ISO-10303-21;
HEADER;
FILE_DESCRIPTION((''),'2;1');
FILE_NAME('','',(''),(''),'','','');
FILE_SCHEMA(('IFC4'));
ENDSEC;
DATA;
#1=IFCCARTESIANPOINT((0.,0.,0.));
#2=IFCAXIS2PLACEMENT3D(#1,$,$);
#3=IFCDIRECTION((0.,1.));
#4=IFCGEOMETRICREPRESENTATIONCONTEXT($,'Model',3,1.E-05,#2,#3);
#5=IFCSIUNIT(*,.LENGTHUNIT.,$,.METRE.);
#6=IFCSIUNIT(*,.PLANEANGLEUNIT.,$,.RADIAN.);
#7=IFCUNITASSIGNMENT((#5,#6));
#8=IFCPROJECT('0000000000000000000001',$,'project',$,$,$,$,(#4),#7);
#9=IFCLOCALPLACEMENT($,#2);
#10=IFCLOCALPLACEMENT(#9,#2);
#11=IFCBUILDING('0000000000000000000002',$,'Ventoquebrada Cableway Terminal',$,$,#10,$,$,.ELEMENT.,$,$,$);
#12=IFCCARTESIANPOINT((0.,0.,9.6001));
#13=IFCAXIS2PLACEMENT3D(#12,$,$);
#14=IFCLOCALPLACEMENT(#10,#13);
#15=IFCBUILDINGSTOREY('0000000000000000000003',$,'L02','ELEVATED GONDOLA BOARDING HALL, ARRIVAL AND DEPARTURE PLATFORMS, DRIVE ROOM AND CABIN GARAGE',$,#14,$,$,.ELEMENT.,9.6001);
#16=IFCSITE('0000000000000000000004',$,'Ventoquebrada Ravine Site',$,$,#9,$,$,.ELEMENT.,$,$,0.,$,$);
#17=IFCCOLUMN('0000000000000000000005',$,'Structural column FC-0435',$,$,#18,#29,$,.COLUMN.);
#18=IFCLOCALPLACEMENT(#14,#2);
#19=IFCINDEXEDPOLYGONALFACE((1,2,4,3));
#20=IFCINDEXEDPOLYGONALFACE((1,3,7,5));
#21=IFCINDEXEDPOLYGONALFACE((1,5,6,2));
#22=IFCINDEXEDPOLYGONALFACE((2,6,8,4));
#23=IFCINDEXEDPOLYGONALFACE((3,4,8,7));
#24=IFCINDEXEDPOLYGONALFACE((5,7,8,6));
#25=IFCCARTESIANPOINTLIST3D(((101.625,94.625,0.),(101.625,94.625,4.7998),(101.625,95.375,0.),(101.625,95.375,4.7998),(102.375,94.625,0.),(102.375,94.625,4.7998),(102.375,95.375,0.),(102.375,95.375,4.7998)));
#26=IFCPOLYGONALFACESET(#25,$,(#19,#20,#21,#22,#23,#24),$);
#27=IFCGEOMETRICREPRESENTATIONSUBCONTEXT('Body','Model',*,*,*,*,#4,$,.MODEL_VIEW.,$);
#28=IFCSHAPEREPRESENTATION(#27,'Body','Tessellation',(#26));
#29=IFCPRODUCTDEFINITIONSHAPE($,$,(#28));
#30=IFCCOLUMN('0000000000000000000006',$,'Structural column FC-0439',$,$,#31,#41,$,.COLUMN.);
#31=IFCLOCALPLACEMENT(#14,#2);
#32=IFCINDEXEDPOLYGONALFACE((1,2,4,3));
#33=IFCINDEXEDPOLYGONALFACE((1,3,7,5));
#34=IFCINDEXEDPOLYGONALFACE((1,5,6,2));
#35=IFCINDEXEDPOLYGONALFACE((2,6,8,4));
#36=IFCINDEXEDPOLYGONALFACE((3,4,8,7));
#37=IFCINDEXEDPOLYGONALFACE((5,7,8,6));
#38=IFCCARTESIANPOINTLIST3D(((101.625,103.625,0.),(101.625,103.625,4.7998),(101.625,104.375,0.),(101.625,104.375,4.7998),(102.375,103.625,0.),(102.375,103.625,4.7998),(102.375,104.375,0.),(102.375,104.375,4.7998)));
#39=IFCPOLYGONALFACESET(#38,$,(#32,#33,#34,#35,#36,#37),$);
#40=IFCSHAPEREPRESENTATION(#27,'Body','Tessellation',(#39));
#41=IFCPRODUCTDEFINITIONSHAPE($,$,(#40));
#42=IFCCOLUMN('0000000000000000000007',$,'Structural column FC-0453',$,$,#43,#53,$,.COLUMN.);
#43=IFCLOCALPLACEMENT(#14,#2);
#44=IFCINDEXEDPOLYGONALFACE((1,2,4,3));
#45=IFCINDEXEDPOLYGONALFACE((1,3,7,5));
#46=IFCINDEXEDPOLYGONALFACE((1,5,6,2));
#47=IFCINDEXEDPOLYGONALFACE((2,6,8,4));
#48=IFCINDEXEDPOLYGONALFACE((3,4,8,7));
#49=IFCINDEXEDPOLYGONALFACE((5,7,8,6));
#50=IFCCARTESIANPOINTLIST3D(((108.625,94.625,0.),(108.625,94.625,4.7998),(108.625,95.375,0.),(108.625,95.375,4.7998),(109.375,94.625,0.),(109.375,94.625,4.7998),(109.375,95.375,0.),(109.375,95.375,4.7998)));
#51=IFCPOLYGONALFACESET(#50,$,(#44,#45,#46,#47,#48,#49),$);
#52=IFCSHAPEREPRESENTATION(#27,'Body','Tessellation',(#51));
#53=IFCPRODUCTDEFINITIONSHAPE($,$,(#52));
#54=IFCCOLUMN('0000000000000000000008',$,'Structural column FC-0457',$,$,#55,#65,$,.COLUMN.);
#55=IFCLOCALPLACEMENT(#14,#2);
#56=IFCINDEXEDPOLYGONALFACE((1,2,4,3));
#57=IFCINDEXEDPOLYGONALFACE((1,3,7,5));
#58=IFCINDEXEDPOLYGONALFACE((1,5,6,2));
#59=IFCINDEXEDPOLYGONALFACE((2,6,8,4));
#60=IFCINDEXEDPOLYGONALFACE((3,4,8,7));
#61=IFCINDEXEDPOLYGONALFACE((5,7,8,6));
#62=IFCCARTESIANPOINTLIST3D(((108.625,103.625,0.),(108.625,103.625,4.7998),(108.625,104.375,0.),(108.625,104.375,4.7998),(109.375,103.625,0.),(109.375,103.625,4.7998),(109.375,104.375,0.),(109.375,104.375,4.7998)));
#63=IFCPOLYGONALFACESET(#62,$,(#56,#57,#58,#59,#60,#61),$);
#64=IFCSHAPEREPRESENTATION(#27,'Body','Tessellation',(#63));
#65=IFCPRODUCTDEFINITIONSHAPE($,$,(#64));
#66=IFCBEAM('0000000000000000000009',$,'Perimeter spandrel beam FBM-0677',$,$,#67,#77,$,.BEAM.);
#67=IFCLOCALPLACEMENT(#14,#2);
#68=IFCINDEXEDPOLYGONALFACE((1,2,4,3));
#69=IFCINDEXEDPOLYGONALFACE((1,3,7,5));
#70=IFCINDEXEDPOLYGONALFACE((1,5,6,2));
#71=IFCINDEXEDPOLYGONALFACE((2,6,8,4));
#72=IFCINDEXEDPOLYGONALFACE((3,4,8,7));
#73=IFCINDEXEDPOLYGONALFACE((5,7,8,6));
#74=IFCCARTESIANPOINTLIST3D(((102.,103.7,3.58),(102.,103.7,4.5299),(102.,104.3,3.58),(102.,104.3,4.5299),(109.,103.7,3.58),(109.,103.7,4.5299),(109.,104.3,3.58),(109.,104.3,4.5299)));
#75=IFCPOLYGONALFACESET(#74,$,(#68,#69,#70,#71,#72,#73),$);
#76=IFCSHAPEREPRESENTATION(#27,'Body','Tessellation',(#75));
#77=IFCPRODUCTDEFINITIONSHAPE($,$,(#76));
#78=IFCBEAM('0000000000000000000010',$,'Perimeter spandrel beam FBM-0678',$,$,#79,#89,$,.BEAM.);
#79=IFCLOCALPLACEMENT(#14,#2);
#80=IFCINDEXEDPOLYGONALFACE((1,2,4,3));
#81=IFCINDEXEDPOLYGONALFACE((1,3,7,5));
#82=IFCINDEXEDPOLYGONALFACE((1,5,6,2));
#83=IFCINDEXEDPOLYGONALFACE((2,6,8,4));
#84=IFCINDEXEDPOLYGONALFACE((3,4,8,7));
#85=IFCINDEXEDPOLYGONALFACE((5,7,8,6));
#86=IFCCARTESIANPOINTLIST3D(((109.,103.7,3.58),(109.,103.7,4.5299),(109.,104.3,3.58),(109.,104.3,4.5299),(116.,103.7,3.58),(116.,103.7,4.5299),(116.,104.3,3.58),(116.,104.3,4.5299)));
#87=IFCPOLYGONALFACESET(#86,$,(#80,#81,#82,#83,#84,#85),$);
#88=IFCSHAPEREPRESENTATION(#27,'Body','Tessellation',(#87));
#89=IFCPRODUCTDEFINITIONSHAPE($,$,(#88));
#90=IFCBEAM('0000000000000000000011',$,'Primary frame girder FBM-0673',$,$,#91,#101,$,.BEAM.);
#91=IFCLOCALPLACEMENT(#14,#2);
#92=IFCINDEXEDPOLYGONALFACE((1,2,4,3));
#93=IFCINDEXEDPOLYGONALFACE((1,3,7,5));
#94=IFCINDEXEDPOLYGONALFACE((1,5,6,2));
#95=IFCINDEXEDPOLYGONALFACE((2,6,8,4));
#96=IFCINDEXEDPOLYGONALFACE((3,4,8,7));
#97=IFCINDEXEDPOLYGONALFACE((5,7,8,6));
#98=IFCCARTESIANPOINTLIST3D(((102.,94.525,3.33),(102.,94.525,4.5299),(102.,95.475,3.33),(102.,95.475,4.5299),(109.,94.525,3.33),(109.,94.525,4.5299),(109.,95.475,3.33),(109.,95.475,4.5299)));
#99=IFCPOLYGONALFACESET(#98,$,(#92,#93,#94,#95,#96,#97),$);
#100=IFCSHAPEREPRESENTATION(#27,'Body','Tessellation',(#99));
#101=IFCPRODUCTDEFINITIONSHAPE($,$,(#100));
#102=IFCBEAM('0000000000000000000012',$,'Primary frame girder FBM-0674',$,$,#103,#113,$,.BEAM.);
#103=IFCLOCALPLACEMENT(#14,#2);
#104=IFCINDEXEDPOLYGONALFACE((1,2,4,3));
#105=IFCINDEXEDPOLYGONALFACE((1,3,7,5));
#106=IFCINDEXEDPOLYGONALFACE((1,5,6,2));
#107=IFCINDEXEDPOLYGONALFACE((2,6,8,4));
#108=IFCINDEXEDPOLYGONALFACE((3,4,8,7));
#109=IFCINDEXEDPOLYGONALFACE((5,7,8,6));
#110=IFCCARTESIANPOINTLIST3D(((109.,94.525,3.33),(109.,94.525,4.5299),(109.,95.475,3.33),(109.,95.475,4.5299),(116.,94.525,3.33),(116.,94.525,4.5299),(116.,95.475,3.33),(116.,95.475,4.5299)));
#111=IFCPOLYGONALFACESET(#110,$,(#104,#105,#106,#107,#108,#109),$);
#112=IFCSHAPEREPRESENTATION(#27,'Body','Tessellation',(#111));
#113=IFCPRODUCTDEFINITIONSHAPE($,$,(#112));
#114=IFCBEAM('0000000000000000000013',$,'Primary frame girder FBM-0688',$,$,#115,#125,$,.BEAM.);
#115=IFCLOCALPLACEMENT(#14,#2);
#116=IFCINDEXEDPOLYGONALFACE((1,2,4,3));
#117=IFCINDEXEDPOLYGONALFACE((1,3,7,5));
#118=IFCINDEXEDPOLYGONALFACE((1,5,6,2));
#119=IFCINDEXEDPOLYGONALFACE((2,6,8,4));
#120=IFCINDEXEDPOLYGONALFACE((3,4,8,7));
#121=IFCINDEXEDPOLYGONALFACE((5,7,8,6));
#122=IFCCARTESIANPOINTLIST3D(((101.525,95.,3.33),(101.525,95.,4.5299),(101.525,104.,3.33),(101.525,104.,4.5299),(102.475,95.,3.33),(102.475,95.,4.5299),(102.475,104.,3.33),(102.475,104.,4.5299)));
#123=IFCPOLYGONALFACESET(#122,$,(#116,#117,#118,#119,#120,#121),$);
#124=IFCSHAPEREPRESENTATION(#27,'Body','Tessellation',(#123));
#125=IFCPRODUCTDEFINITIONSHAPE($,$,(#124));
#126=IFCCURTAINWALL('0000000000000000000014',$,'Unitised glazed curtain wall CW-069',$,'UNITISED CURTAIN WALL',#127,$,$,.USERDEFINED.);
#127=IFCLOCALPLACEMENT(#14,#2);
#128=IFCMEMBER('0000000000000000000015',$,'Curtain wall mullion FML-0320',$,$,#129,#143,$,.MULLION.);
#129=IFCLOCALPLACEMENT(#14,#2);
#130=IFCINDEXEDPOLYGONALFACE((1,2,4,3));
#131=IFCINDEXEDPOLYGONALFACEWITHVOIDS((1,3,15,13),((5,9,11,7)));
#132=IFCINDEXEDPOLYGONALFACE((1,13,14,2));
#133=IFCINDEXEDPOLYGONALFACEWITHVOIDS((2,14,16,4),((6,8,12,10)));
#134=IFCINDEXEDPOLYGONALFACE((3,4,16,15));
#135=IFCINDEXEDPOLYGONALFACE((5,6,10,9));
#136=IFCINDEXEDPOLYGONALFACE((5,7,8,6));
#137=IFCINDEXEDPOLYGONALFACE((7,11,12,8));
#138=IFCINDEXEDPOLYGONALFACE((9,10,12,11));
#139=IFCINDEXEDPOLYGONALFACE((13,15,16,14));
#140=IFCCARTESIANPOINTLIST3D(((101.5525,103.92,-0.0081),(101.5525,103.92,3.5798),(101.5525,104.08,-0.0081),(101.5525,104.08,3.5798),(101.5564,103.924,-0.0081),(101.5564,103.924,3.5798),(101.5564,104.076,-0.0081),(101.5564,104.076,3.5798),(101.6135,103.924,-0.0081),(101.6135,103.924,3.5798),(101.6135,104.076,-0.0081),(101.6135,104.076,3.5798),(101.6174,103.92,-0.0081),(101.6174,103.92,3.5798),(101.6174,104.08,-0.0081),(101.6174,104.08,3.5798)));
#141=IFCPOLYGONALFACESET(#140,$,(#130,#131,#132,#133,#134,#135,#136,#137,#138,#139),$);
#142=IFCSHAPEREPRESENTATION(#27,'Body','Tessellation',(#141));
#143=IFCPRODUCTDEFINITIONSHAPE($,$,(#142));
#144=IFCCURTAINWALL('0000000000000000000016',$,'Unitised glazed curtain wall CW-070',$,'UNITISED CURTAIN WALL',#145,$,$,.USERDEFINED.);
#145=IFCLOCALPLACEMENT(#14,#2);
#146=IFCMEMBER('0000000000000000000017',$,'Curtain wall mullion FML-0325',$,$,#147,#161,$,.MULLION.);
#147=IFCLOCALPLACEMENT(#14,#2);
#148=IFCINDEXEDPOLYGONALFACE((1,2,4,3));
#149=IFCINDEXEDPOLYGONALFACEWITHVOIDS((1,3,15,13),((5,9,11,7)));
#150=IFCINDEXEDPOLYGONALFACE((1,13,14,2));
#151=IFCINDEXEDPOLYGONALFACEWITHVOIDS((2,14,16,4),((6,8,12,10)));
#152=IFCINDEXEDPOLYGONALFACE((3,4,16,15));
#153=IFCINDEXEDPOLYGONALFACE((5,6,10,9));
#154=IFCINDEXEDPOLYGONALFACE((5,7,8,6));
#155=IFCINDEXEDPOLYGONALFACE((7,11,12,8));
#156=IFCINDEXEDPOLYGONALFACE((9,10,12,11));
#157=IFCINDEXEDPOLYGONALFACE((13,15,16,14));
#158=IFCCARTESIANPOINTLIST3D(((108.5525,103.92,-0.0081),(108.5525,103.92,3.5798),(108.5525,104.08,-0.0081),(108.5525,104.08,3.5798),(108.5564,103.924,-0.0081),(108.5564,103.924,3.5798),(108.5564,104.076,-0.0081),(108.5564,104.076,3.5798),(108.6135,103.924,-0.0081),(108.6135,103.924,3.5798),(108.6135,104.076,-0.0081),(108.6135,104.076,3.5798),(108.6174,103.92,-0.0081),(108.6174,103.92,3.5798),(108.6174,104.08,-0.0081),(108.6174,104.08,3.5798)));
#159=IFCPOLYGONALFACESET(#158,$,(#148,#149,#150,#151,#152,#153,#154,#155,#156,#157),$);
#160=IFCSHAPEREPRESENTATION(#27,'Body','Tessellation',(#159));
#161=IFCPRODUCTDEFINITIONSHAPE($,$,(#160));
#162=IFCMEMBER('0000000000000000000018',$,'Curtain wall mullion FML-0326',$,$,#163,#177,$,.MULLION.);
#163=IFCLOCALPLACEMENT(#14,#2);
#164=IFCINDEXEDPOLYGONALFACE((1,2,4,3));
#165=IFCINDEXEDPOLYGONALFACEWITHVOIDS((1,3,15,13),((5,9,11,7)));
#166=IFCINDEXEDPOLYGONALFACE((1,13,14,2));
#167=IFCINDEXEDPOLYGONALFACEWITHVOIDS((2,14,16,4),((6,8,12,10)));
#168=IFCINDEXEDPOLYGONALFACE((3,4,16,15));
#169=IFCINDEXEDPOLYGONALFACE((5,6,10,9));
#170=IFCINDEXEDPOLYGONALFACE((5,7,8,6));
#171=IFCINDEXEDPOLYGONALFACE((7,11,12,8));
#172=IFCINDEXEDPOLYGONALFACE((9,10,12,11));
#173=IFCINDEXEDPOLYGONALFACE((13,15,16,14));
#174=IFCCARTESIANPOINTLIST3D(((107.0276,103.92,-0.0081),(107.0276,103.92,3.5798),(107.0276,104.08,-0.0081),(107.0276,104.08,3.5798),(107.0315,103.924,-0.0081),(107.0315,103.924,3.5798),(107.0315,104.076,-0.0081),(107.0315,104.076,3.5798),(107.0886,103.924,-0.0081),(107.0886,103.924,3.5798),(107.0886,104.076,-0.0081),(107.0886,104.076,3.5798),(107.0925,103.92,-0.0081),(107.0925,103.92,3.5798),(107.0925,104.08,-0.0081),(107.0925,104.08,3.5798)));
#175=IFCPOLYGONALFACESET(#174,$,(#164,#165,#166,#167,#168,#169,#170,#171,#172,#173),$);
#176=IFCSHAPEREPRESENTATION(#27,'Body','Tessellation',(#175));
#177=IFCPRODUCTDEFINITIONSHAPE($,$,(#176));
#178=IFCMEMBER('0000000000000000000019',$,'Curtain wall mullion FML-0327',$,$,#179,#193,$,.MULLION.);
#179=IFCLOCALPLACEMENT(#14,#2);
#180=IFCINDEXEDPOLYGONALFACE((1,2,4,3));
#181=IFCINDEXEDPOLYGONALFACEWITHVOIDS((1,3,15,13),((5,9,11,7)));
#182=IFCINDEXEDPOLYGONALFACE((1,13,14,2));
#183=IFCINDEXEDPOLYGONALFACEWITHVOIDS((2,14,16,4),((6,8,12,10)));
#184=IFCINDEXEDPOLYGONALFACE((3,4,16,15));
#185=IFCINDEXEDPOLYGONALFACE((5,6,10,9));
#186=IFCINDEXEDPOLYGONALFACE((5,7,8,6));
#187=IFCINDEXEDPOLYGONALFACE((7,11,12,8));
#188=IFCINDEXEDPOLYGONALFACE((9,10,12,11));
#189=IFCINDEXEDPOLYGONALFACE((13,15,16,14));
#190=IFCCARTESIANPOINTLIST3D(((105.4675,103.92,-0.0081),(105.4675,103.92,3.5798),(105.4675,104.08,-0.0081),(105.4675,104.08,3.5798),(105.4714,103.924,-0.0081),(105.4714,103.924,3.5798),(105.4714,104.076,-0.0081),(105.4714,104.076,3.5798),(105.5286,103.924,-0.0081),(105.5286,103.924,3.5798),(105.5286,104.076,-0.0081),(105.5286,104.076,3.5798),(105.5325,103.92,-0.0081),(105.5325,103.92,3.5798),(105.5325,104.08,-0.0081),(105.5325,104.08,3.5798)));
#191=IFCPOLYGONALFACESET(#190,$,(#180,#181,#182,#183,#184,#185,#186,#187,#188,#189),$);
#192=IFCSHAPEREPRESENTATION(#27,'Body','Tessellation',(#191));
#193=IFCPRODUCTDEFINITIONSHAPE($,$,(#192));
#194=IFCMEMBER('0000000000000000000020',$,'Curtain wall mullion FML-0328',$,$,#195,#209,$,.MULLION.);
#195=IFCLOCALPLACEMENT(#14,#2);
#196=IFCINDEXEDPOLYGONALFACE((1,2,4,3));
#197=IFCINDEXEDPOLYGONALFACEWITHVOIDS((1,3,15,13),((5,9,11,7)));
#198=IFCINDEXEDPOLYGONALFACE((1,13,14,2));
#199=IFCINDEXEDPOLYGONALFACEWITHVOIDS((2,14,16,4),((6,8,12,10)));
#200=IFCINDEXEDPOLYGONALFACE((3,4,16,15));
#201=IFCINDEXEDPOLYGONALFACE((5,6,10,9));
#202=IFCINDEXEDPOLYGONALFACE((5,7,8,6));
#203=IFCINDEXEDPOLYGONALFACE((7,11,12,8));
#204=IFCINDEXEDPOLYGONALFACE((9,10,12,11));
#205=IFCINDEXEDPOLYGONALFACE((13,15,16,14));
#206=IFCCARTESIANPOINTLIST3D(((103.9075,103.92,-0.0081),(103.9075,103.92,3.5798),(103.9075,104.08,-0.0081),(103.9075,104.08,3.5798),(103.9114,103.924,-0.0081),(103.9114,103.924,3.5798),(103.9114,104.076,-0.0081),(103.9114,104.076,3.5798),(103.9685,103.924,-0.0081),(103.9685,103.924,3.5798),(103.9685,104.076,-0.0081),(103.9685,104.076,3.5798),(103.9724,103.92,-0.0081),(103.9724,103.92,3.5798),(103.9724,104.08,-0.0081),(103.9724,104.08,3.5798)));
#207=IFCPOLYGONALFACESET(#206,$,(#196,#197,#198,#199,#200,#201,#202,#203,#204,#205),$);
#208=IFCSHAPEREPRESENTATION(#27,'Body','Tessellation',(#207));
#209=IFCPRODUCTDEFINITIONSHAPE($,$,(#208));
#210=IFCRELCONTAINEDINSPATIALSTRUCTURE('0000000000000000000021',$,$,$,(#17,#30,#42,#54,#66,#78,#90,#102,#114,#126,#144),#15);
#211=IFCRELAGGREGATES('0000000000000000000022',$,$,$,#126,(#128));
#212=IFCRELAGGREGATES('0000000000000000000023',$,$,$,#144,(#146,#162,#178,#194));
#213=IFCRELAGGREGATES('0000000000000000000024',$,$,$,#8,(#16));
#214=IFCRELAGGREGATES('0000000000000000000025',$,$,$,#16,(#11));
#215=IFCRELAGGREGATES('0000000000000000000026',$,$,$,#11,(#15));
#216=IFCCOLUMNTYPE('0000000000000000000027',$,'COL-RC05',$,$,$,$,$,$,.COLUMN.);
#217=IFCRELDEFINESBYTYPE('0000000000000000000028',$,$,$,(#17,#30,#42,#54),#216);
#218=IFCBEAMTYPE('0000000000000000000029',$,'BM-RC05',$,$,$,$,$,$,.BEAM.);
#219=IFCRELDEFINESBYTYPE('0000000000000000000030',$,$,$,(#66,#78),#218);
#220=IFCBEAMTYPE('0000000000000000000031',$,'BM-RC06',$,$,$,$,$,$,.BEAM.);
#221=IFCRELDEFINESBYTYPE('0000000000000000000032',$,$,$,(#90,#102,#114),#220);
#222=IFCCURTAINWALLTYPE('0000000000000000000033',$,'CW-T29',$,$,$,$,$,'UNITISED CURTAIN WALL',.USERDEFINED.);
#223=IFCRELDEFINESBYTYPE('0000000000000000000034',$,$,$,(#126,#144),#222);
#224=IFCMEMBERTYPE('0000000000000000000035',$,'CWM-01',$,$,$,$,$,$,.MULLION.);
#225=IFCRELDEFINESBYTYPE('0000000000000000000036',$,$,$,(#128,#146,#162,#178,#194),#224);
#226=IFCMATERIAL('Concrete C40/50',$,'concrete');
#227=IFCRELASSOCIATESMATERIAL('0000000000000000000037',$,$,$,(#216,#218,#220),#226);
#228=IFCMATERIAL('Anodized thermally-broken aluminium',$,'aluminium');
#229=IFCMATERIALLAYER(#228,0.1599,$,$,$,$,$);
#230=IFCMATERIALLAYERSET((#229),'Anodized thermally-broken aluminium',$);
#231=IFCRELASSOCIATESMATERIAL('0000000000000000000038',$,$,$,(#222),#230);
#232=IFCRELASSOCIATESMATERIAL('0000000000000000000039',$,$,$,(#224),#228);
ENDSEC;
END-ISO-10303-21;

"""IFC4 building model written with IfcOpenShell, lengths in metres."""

from ifc_helpers import new_model, si_unit, direction, frame, origin, origin_2d, place, context, subcontext, project, spatial, rectangle, hollow_rectangle, extrude, material, layer, layer_set, material_profile, profile_set, type_object, element, aggregate, save


model = new_model("IFC4")

# Units and contexts
model_context = context("Model", 3, precision=1e-05, world=origin(), true_north=direction((0.0, 1.0)))
body_context = subcontext(model_context, "Body", "Model", "MODEL_VIEW")
ifc_project = project(units=[si_unit("LENGTHUNIT", "METRE"), si_unit("PLANEANGLEUNIT", "RADIAN")], contexts=[model_context])

# Site, building, storey
site_placement = place(None, origin())
site = spatial("IfcSite", under=ifc_project, at=site_placement, Name="Ventoquebrada Ravine Site", CompositionType="ELEMENT", RefElevation=0.0)
building_placement = place(site_placement, origin())
building = spatial("IfcBuilding", under=site, at=building_placement, Name="Ventoquebrada Cableway Terminal", CompositionType="ELEMENT")
storey_placement = place(building_placement, frame((0.0, 0.0, 9.6001)))
storey = spatial("IfcBuildingStorey", under=building, at=storey_placement, Name="L02", Description="ELEVATED GONDOLA BOARDING HALL, ARRIVAL AND DEPARTURE PLATFORMS, DRIVE ROOM AND CABIN GARAGE", CompositionType="ELEMENT", Elevation=9.6001)

# Columns
ifc_material_1 = material(Name="Concrete C40/50", Category="concrete")
ifc_material_profile_1 = material_profile(ifc_material_1, rectangle(XDim=0.75, YDim=0.75, at=origin_2d()), Name="RC-COL-750X750")
ifc_profile_set_1 = profile_set([ifc_material_profile_1], Name="Concrete C40/50")
column_type = type_object("IfcColumnType", Name="COL-RC05", PredefinedType="COLUMN", material=ifc_profile_set_1)
for number, where, z_axis, x_axis, name in (
    (1, (102.0, 95.0, 0.0), (0.0, 0.0, 1.0), (1.0, 0.0, 0.0), "Structural column FC-0435"),
    (2, (102.0, 104.0, 0.0), (0.0, 0.0, 1.0), (1.0, 0.0, 0.0), "Structural column FC-0439"),
    (3, (109.0, 95.0, 0.0), (0.0, 0.0, 1.0), (1.0, 0.0, 0.0), "Structural column FC-0453"),
    (4, (109.0, 104.0, 0.0), (0.0, 0.0, 1.0), (1.0, 0.0, 0.0), "Structural column FC-0457"),
):
    element("IfcColumn", number, at=place(storey_placement, frame(where, z_axis=z_axis, x_axis=x_axis)), inside=storey, type_object=column_type, Name=name, PredefinedType="COLUMN", context=body_context, shape_type="SweptSolid", body=[
        extrude(rectangle(XDim=0.75, YDim=0.75, at=origin_2d()), origin(), (0.0, 0.0, 1.0), 4.7998),
    ])

# Beams
ifc_material_profile_2 = material_profile(ifc_material_1, rectangle(XDim=0.6001, YDim=0.95, at=origin_2d()), Name="RC-BM-600X950")
ifc_profile_set_2 = profile_set([ifc_material_profile_2], Name="Concrete C40/50")
beam_type_1 = type_object("IfcBeamType", Name="BM-RC05", PredefinedType="BEAM", material=ifc_profile_set_2)
for number, where, z_axis, x_axis, name in (
    (5, (102.0, 104.0, 4.0549), (1.0, 0.0, 0.0), (0.0, 1.0, 0.0), "Perimeter spandrel beam FBM-0677"),
    (6, (109.0, 104.0, 4.0549), (1.0, 0.0, 0.0), (0.0, 1.0, 0.0), "Perimeter spandrel beam FBM-0678"),
):
    element("IfcBeam", number, at=place(storey_placement, frame(where, z_axis=z_axis, x_axis=x_axis)), inside=storey, type_object=beam_type_1, Name=name, PredefinedType="BEAM", context=body_context, shape_type="SweptSolid", body=[
        extrude(rectangle(XDim=0.6001, YDim=0.95, at=origin_2d()), origin(), (0.0, 0.0, 1.0), 7.0),
    ])
ifc_material_profile_3 = material_profile(ifc_material_1, rectangle(XDim=0.95, YDim=1.2, at=origin_2d()), Name="RC-BM-950X1200")
ifc_profile_set_3 = profile_set([ifc_material_profile_3], Name="Concrete C40/50")
beam_type_2 = type_object("IfcBeamType", Name="BM-RC06", PredefinedType="BEAM", material=ifc_profile_set_3)
for number, where, z_axis, x_axis, name in (
    (7, (102.0, 95.0, 3.9299), (1.0, 0.0, 0.0), (0.0, 1.0, 0.0), "Primary frame girder FBM-0673"),
    (8, (109.0, 95.0, 3.9299), (1.0, 0.0, 0.0), (0.0, 1.0, 0.0), "Primary frame girder FBM-0674"),
):
    element("IfcBeam", number, at=place(storey_placement, frame(where, z_axis=z_axis, x_axis=x_axis)), inside=storey, type_object=beam_type_2, Name=name, PredefinedType="BEAM", context=body_context, shape_type="SweptSolid", body=[
        extrude(rectangle(XDim=0.95, YDim=1.2, at=origin_2d()), origin(), (0.0, 0.0, 1.0), 7.0),
    ])
beam_placement = place(storey_placement, frame((102.0, 95.0, 3.9299), z_axis=(0.0, 1.0, 0.0), x_axis=(-1.0, 0.0, 0.0)))
element("IfcBeam", 9, at=beam_placement, inside=storey, type_object=beam_type_2, Name="Primary frame girder FBM-0688", PredefinedType="BEAM", context=body_context, shape_type="SweptSolid", body=[
    extrude(rectangle(XDim=0.95, YDim=1.2, at=origin_2d()), origin(), (0.0, 0.0, 1.0), 9.0),
])

# Curtain wall, member
ifc_material_2 = material(Name="Anodized thermally-broken aluminium", Category="aluminium")
ifc_layer_1 = layer(ifc_material_2, 0.1599)
ifc_layer_set_1 = layer_set([ifc_layer_1], Name="Anodized thermally-broken aluminium")
curtain_wall_type = type_object("IfcCurtainWallType", Name="CW-T29", ElementType="UNITISED CURTAIN WALL", PredefinedType="USERDEFINED", material=ifc_layer_set_1)
curtain_wall_1_placement = place(storey_placement, origin())
curtain_wall_1 = element("IfcCurtainWall", 10, at=curtain_wall_1_placement, inside=storey, type_object=curtain_wall_type, Name="Unitised glazed curtain wall CW-069", ObjectType="UNITISED CURTAIN WALL", PredefinedType="USERDEFINED")
ifc_material_profile_4 = material_profile(ifc_material_2, hollow_rectangle(XDim=0.0649, YDim=0.1599, WallThickness=0.0039, at=origin_2d()), Name="CW-MUL-65X160")
ifc_profile_set_4 = profile_set([ifc_material_profile_4], Name="Anodized thermally-broken aluminium")
member_type_1 = type_object("IfcMemberType", Name="CWM-01", PredefinedType="MULLION", material=ifc_profile_set_4)
member_1_placement = place(storey_placement, frame((101.585, 104.0, -0.0081), z_axis=(0.0, 0.0, 1.0), x_axis=(-1.0, 0.0, 0.0)))
member_1 = element("IfcMember", 11, at=member_1_placement, type_object=member_type_1, Name="Curtain wall mullion FML-0320", PredefinedType="MULLION", context=body_context, shape_type="SweptSolid", body=[
    extrude(hollow_rectangle(XDim=0.0649, YDim=0.1599, WallThickness=0.0039, at=origin_2d()), origin(), (0.0, 0.0, 1.0), 3.5879),
])
aggregate(curtain_wall_1, [member_1])

# Curtain wall, members
curtain_wall_2_placement = place(storey_placement, origin())
curtain_wall_2 = element("IfcCurtainWall", 12, at=curtain_wall_2_placement, inside=storey, type_object=curtain_wall_type, Name="Unitised glazed curtain wall CW-070", ObjectType="UNITISED CURTAIN WALL", PredefinedType="USERDEFINED")
member_2_placement = place(storey_placement, frame((108.585, 104.0, -0.0081), z_axis=(0.0, 0.0, 1.0), x_axis=(-1.0, 0.0, 0.0)))
member_2 = element("IfcMember", 13, at=member_2_placement, type_object=member_type_1, Name="Curtain wall mullion FML-0325", PredefinedType="MULLION", context=body_context, shape_type="SweptSolid", body=[
    extrude(hollow_rectangle(XDim=0.0649, YDim=0.1599, WallThickness=0.0039, at=origin_2d()), origin(), (0.0, 0.0, 1.0), 3.5879),
])
member_3_placement = place(storey_placement, frame((107.0601, 104.0, -0.0081), z_axis=(0.0, 0.0, 1.0), x_axis=(-1.0, 0.0, 0.0)))
member_3 = element("IfcMember", 14, at=member_3_placement, type_object=member_type_1, Name="Curtain wall mullion FML-0326", PredefinedType="MULLION", context=body_context, shape_type="SweptSolid", body=[
    extrude(hollow_rectangle(XDim=0.0649, YDim=0.1599, WallThickness=0.0039, at=origin_2d()), origin(), (0.0, 0.0, 1.0), 3.5879),
])
member_4_placement = place(storey_placement, frame((105.5, 104.0, -0.0081), z_axis=(0.0, 0.0, 1.0), x_axis=(-1.0, 0.0, 0.0)))
member_4 = element("IfcMember", 15, at=member_4_placement, type_object=member_type_1, Name="Curtain wall mullion FML-0327", PredefinedType="MULLION", context=body_context, shape_type="SweptSolid", body=[
    extrude(hollow_rectangle(XDim=0.0649, YDim=0.1599, WallThickness=0.0039, at=origin_2d()), origin(), (0.0, 0.0, 1.0), 3.5879),
])
member_5_placement = place(storey_placement, frame((103.9399, 104.0, -0.0081), z_axis=(0.0, 0.0, 1.0), x_axis=(-1.0, 0.0, 0.0)))
member_5 = element("IfcMember", 16, at=member_5_placement, type_object=member_type_1, Name="Curtain wall mullion FML-0328", PredefinedType="MULLION", context=body_context, shape_type="SweptSolid", body=[
    extrude(hollow_rectangle(XDim=0.0649, YDim=0.1599, WallThickness=0.0039, at=origin_2d()), origin(), (0.0, 0.0, 1.0), 3.5879),
])

aggregate(curtain_wall_2, [member_2, member_3, member_4, member_5])

save(model, "model.ifc")
